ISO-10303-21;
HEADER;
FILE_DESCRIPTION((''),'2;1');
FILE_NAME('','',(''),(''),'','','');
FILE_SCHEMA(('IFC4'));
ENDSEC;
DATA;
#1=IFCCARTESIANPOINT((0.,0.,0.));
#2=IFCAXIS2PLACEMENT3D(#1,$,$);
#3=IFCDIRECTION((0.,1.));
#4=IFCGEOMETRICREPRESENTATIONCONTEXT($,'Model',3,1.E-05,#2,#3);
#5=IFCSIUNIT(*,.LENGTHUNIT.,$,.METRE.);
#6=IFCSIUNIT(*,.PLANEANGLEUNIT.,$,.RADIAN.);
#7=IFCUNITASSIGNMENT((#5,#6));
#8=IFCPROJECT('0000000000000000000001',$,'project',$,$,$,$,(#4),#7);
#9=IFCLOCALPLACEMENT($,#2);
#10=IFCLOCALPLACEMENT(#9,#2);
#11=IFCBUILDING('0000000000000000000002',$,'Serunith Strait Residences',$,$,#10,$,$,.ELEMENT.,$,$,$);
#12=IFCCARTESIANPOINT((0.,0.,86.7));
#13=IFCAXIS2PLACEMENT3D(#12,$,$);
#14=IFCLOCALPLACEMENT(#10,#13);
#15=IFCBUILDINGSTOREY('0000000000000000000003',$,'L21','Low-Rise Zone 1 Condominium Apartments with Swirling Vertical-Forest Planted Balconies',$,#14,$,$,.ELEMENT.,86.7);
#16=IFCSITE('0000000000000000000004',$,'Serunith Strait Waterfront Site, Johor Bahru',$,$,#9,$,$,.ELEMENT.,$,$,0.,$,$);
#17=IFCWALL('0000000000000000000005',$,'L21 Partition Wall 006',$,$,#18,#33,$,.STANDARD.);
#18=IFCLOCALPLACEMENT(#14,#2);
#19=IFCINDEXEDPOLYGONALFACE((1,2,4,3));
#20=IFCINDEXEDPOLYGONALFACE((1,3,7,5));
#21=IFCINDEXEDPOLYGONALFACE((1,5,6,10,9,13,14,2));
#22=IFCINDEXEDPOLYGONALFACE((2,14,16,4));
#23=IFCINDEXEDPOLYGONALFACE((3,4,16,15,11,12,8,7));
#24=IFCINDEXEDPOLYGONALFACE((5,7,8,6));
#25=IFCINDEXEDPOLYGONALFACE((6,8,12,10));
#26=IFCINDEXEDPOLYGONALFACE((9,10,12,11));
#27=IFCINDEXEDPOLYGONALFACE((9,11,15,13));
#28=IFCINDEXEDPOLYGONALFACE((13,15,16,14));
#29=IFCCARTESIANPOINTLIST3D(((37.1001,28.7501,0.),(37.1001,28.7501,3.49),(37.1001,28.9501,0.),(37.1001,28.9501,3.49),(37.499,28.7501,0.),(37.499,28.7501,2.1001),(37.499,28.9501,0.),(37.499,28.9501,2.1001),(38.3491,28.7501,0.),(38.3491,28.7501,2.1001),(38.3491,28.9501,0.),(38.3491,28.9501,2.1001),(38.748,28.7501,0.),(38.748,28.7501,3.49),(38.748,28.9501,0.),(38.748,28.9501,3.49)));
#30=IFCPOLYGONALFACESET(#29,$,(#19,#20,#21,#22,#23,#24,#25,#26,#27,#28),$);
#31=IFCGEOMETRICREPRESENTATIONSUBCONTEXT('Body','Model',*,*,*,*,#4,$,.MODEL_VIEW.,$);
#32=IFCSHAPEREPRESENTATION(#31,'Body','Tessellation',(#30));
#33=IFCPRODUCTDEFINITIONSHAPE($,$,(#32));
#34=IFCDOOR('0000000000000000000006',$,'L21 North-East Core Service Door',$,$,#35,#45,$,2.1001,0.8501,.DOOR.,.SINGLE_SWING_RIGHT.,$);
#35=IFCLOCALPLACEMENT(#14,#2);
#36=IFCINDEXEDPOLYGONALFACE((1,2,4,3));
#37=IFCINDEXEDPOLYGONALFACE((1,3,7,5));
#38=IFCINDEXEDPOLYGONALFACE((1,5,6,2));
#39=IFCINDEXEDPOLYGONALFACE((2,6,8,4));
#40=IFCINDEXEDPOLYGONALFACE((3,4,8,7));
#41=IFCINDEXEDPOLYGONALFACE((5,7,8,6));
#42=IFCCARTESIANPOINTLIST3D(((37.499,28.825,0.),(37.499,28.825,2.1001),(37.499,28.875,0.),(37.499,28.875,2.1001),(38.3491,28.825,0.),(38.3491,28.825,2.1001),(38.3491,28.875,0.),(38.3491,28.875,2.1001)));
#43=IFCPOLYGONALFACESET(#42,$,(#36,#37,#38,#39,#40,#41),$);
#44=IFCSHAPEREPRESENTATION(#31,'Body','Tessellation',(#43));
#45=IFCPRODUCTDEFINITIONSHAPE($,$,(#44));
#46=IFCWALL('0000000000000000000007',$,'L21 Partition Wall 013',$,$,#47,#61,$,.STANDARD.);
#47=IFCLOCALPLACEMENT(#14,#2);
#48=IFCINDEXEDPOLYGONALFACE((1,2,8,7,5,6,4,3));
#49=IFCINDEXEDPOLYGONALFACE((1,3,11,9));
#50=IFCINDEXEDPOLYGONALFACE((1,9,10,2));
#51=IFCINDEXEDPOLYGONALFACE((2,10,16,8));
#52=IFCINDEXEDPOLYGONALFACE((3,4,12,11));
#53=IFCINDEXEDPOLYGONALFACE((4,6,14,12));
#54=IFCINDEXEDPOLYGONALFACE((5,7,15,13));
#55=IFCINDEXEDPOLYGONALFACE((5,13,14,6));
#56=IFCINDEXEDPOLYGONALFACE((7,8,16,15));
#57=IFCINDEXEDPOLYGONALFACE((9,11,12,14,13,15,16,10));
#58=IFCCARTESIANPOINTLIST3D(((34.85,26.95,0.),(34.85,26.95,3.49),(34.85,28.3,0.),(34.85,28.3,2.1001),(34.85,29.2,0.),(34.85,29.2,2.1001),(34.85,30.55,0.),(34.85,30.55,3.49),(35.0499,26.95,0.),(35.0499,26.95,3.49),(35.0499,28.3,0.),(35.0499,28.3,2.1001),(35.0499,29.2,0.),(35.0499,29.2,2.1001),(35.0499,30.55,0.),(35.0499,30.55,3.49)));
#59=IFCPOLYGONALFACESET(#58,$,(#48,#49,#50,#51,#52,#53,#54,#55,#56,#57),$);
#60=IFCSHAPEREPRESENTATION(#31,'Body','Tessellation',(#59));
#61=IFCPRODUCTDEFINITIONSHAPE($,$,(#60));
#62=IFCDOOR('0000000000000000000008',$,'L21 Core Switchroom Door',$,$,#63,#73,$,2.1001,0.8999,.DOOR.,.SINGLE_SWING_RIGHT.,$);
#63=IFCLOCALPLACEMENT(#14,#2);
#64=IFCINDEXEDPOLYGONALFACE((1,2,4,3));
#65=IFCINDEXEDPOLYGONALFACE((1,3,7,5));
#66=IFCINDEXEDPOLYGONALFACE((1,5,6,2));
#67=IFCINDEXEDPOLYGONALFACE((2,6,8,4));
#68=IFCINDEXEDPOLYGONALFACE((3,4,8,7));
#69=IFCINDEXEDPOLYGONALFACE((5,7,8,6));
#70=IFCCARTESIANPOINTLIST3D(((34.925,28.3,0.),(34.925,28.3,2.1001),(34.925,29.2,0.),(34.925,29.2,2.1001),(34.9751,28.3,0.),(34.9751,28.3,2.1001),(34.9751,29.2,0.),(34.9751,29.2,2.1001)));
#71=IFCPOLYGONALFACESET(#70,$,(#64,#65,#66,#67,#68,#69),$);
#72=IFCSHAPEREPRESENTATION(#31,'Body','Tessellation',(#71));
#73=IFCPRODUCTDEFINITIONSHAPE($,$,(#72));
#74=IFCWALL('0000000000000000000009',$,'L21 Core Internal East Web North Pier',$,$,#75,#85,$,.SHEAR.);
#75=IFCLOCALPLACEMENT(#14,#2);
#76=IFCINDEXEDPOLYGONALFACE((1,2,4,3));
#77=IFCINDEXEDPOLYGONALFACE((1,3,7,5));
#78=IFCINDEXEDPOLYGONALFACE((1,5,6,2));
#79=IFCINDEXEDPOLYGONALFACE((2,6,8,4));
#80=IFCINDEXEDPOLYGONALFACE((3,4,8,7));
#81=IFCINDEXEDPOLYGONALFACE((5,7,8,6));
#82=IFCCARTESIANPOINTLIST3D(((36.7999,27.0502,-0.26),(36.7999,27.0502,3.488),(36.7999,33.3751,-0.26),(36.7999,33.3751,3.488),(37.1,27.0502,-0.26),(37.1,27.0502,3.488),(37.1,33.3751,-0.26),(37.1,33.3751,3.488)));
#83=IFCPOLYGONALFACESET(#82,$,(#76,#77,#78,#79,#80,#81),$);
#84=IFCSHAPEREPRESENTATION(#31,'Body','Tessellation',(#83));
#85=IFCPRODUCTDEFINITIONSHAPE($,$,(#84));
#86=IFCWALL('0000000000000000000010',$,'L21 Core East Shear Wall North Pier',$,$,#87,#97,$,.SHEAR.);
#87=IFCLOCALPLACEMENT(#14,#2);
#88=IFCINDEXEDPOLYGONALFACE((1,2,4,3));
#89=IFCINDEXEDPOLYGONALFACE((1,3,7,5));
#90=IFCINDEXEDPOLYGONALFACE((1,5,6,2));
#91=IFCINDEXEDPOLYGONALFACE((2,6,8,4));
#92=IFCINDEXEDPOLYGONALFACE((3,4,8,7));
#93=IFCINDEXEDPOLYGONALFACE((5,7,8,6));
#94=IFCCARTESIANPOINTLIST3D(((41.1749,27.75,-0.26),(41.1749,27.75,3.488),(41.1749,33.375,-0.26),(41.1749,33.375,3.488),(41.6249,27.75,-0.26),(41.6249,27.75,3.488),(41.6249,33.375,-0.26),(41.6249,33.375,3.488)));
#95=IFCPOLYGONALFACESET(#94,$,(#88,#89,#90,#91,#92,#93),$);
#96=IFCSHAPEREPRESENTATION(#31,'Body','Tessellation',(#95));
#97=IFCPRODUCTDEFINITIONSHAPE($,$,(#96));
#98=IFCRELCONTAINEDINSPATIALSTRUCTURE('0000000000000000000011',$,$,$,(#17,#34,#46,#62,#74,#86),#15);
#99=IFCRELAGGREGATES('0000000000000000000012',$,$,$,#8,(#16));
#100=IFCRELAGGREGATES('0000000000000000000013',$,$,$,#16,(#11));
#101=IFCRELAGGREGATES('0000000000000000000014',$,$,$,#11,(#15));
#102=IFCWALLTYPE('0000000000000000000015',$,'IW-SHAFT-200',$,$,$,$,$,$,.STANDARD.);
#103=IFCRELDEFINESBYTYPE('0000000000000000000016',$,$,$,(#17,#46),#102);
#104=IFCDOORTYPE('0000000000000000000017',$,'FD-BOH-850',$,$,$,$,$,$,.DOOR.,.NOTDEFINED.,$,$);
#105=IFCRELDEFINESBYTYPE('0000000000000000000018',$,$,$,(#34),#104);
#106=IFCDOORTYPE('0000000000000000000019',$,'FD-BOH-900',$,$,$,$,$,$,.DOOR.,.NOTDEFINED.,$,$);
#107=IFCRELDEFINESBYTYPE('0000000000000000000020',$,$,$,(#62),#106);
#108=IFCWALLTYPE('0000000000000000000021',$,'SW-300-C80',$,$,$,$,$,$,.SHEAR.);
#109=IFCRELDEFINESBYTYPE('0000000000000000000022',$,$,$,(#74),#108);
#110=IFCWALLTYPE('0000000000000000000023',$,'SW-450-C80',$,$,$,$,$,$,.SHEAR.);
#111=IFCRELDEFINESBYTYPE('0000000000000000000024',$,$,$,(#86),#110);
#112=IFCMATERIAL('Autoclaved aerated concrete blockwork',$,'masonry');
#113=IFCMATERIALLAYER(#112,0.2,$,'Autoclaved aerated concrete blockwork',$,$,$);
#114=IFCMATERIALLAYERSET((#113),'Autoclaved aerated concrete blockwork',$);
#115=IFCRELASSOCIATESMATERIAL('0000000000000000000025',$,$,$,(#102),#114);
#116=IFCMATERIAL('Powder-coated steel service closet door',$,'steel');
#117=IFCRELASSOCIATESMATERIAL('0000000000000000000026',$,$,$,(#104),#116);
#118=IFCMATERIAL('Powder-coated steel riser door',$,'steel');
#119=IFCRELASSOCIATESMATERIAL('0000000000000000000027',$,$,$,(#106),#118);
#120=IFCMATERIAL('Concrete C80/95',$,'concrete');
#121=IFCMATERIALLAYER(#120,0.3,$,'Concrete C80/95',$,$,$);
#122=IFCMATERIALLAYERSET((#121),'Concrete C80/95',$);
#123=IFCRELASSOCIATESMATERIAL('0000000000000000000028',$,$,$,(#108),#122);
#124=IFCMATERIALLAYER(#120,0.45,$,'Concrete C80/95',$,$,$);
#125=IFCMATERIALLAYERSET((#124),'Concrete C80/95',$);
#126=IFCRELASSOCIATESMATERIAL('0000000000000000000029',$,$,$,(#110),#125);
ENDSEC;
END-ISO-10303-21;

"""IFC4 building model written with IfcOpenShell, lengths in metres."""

from ifc_helpers import new_model, si_unit, direction, frame, frame_2d, origin, place, context, subcontext, project, spatial, rectangle, extrude, source, transform, mapped, material, layer, layer_set, type_object, element, fill, save


model = new_model("IFC4")

# Units and contexts
model_context = context("Model", 3, precision=1e-05, world=origin(), true_north=direction((0.0, 1.0)))
body_context = subcontext(model_context, "Body", "Model", "MODEL_VIEW")
ifc_project = project(units=[si_unit("LENGTHUNIT", "METRE"), si_unit("PLANEANGLEUNIT", "RADIAN")], contexts=[model_context])

# Site, building, storey
site_placement = place(None, origin())
site = spatial("IfcSite", under=ifc_project, at=site_placement, Name="Serunith Strait Waterfront Site, Johor Bahru", CompositionType="ELEMENT", RefElevation=0.0)
building_placement = place(site_placement, origin())
building = spatial("IfcBuilding", under=site, at=building_placement, Name="Serunith Strait Residences", CompositionType="ELEMENT")
storey_placement = place(building_placement, frame((0.0, 0.0, 86.7)))
storey = spatial("IfcBuildingStorey", under=building, at=storey_placement, Name="L21", Description="Low-Rise Zone 1 Condominium Apartments with Swirling Vertical-Forest Planted Balconies", CompositionType="ELEMENT", Elevation=86.7)

# Shared definitions
shared_shape_1 = source(origin(), body_context, "Body", "SweptSolid", [
    extrude(rectangle(XDim=0.8999, YDim=2.1001, at=frame_2d((0.45, 1.05))), frame((0.0, 0.0249, 0.0), z_axis=(0.0, -1.0, 0.0), x_axis=(1.0, 0.0, 0.0)), (0.0, 0.0, 1.0), 0.05),
])
shared_shape_2 = source(origin(), body_context, "Body", "SweptSolid", [
    extrude(rectangle(XDim=0.8501, YDim=2.1001, at=frame_2d((0.425, 1.05))), frame((0.0, 0.0249, 0.0), z_axis=(0.0, -1.0, 0.0), x_axis=(1.0, 0.0, 0.0)), (0.0, 0.0, 1.0), 0.05),
])
ifc_material_1 = material(Name="Autoclaved aerated concrete blockwork", Category="masonry")
ifc_layer_1 = layer(ifc_material_1, 0.2, Name="Autoclaved aerated concrete blockwork")
ifc_layer_set_1 = layer_set([ifc_layer_1], Name="Autoclaved aerated concrete blockwork")
wall_type_1 = type_object("IfcWallType", Name="IW-SHAFT-200", PredefinedType="STANDARD", material=ifc_layer_set_1)

# Walls, openings, doors
wall_1_placement = place(storey_placement, frame((37.1001, 28.8501, 0.0), z_axis=(0.0, 0.0, 1.0), x_axis=(1.0, 0.0, 0.0)))
wall_1 = element("IfcWall", 1, at=wall_1_placement, inside=storey, type_object=wall_type_1, Name="L21 Partition Wall 006", PredefinedType="STANDARD", context=body_context, shape_type="SweptSolid", body=[
    extrude(rectangle(XDim=1.6479, YDim=0.2, at=frame_2d((0.824, 0.0))), origin(), (0.0, 0.0, 1.0), 3.49),
])
opening_1_placement = place(wall_1_placement, frame((0.3989, 0.0, 0.0)))
opening_1 = element("IfcOpeningElement", 2, at=opening_1_placement, cuts=wall_1, PredefinedType="OPENING", context=body_context, shape_type="SweptSolid", body=[
    extrude(rectangle(XDim=0.8501, YDim=2.1001, at=frame_2d((0.425, 1.05))), frame((0.0, 0.1099, 0.0), z_axis=(0.0, -1.0, 0.0), x_axis=(1.0, 0.0, 0.0)), (0.0, 0.0, 1.0), 0.22),
])
ifc_material_2 = material(Name="Powder-coated steel service closet door", Category="steel")
door_type_1 = type_object("IfcDoorType", Name="FD-BOH-850", OperationType="NOTDEFINED", PredefinedType="DOOR", material=ifc_material_2)
door_1_placement = place(opening_1_placement, origin())
door_1 = element("IfcDoor", 3, at=door_1_placement, inside=storey, type_object=door_type_1, Name="L21 North-East Core Service Door", OperationType="SINGLE_SWING_RIGHT", OverallHeight=2.1001, OverallWidth=0.8501, PredefinedType="DOOR", context=body_context, shape_type="MappedRepresentation", body=[
    mapped(shared_shape_2, transform((0.0, 0.0, 0.0), scale=1.0)),
])
fill(opening_1, door_1)
wall_2_placement = place(storey_placement, frame((34.95, 26.95, 0.0), z_axis=(0.0, 0.0, 1.0), x_axis=(0.0, 1.0, 0.0)))
wall_2 = element("IfcWall", 4, at=wall_2_placement, inside=storey, type_object=wall_type_1, Name="L21 Partition Wall 013", PredefinedType="STANDARD", context=body_context, shape_type="SweptSolid", body=[
    extrude(rectangle(XDim=3.6001, YDim=0.2, at=frame_2d((1.8, 0.0))), origin(), (0.0, 0.0, 1.0), 3.49),
])
opening_2_placement = place(wall_2_placement, frame((1.3501, 0.0, 0.0)))
opening_2 = element("IfcOpeningElement", 5, at=opening_2_placement, cuts=wall_2, PredefinedType="OPENING", context=body_context, shape_type="SweptSolid", body=[
    extrude(rectangle(XDim=0.8999, YDim=2.1001, at=frame_2d((0.45, 1.05))), frame((0.0, 0.1099, 0.0), z_axis=(0.0, -1.0, 0.0), x_axis=(1.0, 0.0, 0.0)), (0.0, 0.0, 1.0), 0.22),
])
ifc_material_3 = material(Name="Powder-coated steel riser door", Category="steel")
door_type_2 = type_object("IfcDoorType", Name="FD-BOH-900", OperationType="NOTDEFINED", PredefinedType="DOOR", material=ifc_material_3)
door_2_placement = place(opening_2_placement, origin())
door_2 = element("IfcDoor", 6, at=door_2_placement, inside=storey, type_object=door_type_2, Name="L21 Core Switchroom Door", OperationType="SINGLE_SWING_RIGHT", OverallHeight=2.1001, OverallWidth=0.8999, PredefinedType="DOOR", context=body_context, shape_type="MappedRepresentation", body=[
    mapped(shared_shape_1, transform((0.0, 0.0, 0.0), scale=1.0)),
])
fill(opening_2, door_2)

# Walls
ifc_material_4 = material(Name="Concrete C80/95", Category="concrete")
ifc_layer_2 = layer(ifc_material_4, 0.3, Name="Concrete C80/95")
ifc_layer_set_2 = layer_set([ifc_layer_2], Name="Concrete C80/95")
wall_type_2 = type_object("IfcWallType", Name="SW-300-C80", PredefinedType="SHEAR", material=ifc_layer_set_2)
wall_3_placement = place(storey_placement, frame((36.95, 27.05, -0.26), z_axis=(0.0, 0.0, 1.0), x_axis=(0.0, 1.0, 0.0)))
element("IfcWall", 7, at=wall_3_placement, inside=storey, type_object=wall_type_2, Name="L21 Core Internal East Web North Pier", PredefinedType="SHEAR", context=body_context, shape_type="SweptSolid", body=[
    extrude(rectangle(XDim=6.325, YDim=0.3, at=frame_2d((3.1626, 0.0))), origin(), (0.0, 0.0, 1.0), 3.748),
])
ifc_layer_3 = layer(ifc_material_4, 0.45, Name="Concrete C80/95")
ifc_layer_set_3 = layer_set([ifc_layer_3], Name="Concrete C80/95")
wall_type_3 = type_object("IfcWallType", Name="SW-450-C80", PredefinedType="SHEAR", material=ifc_layer_set_3)
wall_4_placement = place(storey_placement, frame((41.3999, 27.75, -0.26), z_axis=(0.0, 0.0, 1.0), x_axis=(0.0, 1.0, 0.0)))
element("IfcWall", 8, at=wall_4_placement, inside=storey, type_object=wall_type_3, Name="L21 Core East Shear Wall North Pier", PredefinedType="SHEAR", context=body_context, shape_type="SweptSolid", body=[
    extrude(rectangle(XDim=5.625, YDim=0.45, at=frame_2d((2.8125, 0.0))), origin(), (0.0, 0.0, 1.0), 3.748),
])

save(model, "model.ifc")
